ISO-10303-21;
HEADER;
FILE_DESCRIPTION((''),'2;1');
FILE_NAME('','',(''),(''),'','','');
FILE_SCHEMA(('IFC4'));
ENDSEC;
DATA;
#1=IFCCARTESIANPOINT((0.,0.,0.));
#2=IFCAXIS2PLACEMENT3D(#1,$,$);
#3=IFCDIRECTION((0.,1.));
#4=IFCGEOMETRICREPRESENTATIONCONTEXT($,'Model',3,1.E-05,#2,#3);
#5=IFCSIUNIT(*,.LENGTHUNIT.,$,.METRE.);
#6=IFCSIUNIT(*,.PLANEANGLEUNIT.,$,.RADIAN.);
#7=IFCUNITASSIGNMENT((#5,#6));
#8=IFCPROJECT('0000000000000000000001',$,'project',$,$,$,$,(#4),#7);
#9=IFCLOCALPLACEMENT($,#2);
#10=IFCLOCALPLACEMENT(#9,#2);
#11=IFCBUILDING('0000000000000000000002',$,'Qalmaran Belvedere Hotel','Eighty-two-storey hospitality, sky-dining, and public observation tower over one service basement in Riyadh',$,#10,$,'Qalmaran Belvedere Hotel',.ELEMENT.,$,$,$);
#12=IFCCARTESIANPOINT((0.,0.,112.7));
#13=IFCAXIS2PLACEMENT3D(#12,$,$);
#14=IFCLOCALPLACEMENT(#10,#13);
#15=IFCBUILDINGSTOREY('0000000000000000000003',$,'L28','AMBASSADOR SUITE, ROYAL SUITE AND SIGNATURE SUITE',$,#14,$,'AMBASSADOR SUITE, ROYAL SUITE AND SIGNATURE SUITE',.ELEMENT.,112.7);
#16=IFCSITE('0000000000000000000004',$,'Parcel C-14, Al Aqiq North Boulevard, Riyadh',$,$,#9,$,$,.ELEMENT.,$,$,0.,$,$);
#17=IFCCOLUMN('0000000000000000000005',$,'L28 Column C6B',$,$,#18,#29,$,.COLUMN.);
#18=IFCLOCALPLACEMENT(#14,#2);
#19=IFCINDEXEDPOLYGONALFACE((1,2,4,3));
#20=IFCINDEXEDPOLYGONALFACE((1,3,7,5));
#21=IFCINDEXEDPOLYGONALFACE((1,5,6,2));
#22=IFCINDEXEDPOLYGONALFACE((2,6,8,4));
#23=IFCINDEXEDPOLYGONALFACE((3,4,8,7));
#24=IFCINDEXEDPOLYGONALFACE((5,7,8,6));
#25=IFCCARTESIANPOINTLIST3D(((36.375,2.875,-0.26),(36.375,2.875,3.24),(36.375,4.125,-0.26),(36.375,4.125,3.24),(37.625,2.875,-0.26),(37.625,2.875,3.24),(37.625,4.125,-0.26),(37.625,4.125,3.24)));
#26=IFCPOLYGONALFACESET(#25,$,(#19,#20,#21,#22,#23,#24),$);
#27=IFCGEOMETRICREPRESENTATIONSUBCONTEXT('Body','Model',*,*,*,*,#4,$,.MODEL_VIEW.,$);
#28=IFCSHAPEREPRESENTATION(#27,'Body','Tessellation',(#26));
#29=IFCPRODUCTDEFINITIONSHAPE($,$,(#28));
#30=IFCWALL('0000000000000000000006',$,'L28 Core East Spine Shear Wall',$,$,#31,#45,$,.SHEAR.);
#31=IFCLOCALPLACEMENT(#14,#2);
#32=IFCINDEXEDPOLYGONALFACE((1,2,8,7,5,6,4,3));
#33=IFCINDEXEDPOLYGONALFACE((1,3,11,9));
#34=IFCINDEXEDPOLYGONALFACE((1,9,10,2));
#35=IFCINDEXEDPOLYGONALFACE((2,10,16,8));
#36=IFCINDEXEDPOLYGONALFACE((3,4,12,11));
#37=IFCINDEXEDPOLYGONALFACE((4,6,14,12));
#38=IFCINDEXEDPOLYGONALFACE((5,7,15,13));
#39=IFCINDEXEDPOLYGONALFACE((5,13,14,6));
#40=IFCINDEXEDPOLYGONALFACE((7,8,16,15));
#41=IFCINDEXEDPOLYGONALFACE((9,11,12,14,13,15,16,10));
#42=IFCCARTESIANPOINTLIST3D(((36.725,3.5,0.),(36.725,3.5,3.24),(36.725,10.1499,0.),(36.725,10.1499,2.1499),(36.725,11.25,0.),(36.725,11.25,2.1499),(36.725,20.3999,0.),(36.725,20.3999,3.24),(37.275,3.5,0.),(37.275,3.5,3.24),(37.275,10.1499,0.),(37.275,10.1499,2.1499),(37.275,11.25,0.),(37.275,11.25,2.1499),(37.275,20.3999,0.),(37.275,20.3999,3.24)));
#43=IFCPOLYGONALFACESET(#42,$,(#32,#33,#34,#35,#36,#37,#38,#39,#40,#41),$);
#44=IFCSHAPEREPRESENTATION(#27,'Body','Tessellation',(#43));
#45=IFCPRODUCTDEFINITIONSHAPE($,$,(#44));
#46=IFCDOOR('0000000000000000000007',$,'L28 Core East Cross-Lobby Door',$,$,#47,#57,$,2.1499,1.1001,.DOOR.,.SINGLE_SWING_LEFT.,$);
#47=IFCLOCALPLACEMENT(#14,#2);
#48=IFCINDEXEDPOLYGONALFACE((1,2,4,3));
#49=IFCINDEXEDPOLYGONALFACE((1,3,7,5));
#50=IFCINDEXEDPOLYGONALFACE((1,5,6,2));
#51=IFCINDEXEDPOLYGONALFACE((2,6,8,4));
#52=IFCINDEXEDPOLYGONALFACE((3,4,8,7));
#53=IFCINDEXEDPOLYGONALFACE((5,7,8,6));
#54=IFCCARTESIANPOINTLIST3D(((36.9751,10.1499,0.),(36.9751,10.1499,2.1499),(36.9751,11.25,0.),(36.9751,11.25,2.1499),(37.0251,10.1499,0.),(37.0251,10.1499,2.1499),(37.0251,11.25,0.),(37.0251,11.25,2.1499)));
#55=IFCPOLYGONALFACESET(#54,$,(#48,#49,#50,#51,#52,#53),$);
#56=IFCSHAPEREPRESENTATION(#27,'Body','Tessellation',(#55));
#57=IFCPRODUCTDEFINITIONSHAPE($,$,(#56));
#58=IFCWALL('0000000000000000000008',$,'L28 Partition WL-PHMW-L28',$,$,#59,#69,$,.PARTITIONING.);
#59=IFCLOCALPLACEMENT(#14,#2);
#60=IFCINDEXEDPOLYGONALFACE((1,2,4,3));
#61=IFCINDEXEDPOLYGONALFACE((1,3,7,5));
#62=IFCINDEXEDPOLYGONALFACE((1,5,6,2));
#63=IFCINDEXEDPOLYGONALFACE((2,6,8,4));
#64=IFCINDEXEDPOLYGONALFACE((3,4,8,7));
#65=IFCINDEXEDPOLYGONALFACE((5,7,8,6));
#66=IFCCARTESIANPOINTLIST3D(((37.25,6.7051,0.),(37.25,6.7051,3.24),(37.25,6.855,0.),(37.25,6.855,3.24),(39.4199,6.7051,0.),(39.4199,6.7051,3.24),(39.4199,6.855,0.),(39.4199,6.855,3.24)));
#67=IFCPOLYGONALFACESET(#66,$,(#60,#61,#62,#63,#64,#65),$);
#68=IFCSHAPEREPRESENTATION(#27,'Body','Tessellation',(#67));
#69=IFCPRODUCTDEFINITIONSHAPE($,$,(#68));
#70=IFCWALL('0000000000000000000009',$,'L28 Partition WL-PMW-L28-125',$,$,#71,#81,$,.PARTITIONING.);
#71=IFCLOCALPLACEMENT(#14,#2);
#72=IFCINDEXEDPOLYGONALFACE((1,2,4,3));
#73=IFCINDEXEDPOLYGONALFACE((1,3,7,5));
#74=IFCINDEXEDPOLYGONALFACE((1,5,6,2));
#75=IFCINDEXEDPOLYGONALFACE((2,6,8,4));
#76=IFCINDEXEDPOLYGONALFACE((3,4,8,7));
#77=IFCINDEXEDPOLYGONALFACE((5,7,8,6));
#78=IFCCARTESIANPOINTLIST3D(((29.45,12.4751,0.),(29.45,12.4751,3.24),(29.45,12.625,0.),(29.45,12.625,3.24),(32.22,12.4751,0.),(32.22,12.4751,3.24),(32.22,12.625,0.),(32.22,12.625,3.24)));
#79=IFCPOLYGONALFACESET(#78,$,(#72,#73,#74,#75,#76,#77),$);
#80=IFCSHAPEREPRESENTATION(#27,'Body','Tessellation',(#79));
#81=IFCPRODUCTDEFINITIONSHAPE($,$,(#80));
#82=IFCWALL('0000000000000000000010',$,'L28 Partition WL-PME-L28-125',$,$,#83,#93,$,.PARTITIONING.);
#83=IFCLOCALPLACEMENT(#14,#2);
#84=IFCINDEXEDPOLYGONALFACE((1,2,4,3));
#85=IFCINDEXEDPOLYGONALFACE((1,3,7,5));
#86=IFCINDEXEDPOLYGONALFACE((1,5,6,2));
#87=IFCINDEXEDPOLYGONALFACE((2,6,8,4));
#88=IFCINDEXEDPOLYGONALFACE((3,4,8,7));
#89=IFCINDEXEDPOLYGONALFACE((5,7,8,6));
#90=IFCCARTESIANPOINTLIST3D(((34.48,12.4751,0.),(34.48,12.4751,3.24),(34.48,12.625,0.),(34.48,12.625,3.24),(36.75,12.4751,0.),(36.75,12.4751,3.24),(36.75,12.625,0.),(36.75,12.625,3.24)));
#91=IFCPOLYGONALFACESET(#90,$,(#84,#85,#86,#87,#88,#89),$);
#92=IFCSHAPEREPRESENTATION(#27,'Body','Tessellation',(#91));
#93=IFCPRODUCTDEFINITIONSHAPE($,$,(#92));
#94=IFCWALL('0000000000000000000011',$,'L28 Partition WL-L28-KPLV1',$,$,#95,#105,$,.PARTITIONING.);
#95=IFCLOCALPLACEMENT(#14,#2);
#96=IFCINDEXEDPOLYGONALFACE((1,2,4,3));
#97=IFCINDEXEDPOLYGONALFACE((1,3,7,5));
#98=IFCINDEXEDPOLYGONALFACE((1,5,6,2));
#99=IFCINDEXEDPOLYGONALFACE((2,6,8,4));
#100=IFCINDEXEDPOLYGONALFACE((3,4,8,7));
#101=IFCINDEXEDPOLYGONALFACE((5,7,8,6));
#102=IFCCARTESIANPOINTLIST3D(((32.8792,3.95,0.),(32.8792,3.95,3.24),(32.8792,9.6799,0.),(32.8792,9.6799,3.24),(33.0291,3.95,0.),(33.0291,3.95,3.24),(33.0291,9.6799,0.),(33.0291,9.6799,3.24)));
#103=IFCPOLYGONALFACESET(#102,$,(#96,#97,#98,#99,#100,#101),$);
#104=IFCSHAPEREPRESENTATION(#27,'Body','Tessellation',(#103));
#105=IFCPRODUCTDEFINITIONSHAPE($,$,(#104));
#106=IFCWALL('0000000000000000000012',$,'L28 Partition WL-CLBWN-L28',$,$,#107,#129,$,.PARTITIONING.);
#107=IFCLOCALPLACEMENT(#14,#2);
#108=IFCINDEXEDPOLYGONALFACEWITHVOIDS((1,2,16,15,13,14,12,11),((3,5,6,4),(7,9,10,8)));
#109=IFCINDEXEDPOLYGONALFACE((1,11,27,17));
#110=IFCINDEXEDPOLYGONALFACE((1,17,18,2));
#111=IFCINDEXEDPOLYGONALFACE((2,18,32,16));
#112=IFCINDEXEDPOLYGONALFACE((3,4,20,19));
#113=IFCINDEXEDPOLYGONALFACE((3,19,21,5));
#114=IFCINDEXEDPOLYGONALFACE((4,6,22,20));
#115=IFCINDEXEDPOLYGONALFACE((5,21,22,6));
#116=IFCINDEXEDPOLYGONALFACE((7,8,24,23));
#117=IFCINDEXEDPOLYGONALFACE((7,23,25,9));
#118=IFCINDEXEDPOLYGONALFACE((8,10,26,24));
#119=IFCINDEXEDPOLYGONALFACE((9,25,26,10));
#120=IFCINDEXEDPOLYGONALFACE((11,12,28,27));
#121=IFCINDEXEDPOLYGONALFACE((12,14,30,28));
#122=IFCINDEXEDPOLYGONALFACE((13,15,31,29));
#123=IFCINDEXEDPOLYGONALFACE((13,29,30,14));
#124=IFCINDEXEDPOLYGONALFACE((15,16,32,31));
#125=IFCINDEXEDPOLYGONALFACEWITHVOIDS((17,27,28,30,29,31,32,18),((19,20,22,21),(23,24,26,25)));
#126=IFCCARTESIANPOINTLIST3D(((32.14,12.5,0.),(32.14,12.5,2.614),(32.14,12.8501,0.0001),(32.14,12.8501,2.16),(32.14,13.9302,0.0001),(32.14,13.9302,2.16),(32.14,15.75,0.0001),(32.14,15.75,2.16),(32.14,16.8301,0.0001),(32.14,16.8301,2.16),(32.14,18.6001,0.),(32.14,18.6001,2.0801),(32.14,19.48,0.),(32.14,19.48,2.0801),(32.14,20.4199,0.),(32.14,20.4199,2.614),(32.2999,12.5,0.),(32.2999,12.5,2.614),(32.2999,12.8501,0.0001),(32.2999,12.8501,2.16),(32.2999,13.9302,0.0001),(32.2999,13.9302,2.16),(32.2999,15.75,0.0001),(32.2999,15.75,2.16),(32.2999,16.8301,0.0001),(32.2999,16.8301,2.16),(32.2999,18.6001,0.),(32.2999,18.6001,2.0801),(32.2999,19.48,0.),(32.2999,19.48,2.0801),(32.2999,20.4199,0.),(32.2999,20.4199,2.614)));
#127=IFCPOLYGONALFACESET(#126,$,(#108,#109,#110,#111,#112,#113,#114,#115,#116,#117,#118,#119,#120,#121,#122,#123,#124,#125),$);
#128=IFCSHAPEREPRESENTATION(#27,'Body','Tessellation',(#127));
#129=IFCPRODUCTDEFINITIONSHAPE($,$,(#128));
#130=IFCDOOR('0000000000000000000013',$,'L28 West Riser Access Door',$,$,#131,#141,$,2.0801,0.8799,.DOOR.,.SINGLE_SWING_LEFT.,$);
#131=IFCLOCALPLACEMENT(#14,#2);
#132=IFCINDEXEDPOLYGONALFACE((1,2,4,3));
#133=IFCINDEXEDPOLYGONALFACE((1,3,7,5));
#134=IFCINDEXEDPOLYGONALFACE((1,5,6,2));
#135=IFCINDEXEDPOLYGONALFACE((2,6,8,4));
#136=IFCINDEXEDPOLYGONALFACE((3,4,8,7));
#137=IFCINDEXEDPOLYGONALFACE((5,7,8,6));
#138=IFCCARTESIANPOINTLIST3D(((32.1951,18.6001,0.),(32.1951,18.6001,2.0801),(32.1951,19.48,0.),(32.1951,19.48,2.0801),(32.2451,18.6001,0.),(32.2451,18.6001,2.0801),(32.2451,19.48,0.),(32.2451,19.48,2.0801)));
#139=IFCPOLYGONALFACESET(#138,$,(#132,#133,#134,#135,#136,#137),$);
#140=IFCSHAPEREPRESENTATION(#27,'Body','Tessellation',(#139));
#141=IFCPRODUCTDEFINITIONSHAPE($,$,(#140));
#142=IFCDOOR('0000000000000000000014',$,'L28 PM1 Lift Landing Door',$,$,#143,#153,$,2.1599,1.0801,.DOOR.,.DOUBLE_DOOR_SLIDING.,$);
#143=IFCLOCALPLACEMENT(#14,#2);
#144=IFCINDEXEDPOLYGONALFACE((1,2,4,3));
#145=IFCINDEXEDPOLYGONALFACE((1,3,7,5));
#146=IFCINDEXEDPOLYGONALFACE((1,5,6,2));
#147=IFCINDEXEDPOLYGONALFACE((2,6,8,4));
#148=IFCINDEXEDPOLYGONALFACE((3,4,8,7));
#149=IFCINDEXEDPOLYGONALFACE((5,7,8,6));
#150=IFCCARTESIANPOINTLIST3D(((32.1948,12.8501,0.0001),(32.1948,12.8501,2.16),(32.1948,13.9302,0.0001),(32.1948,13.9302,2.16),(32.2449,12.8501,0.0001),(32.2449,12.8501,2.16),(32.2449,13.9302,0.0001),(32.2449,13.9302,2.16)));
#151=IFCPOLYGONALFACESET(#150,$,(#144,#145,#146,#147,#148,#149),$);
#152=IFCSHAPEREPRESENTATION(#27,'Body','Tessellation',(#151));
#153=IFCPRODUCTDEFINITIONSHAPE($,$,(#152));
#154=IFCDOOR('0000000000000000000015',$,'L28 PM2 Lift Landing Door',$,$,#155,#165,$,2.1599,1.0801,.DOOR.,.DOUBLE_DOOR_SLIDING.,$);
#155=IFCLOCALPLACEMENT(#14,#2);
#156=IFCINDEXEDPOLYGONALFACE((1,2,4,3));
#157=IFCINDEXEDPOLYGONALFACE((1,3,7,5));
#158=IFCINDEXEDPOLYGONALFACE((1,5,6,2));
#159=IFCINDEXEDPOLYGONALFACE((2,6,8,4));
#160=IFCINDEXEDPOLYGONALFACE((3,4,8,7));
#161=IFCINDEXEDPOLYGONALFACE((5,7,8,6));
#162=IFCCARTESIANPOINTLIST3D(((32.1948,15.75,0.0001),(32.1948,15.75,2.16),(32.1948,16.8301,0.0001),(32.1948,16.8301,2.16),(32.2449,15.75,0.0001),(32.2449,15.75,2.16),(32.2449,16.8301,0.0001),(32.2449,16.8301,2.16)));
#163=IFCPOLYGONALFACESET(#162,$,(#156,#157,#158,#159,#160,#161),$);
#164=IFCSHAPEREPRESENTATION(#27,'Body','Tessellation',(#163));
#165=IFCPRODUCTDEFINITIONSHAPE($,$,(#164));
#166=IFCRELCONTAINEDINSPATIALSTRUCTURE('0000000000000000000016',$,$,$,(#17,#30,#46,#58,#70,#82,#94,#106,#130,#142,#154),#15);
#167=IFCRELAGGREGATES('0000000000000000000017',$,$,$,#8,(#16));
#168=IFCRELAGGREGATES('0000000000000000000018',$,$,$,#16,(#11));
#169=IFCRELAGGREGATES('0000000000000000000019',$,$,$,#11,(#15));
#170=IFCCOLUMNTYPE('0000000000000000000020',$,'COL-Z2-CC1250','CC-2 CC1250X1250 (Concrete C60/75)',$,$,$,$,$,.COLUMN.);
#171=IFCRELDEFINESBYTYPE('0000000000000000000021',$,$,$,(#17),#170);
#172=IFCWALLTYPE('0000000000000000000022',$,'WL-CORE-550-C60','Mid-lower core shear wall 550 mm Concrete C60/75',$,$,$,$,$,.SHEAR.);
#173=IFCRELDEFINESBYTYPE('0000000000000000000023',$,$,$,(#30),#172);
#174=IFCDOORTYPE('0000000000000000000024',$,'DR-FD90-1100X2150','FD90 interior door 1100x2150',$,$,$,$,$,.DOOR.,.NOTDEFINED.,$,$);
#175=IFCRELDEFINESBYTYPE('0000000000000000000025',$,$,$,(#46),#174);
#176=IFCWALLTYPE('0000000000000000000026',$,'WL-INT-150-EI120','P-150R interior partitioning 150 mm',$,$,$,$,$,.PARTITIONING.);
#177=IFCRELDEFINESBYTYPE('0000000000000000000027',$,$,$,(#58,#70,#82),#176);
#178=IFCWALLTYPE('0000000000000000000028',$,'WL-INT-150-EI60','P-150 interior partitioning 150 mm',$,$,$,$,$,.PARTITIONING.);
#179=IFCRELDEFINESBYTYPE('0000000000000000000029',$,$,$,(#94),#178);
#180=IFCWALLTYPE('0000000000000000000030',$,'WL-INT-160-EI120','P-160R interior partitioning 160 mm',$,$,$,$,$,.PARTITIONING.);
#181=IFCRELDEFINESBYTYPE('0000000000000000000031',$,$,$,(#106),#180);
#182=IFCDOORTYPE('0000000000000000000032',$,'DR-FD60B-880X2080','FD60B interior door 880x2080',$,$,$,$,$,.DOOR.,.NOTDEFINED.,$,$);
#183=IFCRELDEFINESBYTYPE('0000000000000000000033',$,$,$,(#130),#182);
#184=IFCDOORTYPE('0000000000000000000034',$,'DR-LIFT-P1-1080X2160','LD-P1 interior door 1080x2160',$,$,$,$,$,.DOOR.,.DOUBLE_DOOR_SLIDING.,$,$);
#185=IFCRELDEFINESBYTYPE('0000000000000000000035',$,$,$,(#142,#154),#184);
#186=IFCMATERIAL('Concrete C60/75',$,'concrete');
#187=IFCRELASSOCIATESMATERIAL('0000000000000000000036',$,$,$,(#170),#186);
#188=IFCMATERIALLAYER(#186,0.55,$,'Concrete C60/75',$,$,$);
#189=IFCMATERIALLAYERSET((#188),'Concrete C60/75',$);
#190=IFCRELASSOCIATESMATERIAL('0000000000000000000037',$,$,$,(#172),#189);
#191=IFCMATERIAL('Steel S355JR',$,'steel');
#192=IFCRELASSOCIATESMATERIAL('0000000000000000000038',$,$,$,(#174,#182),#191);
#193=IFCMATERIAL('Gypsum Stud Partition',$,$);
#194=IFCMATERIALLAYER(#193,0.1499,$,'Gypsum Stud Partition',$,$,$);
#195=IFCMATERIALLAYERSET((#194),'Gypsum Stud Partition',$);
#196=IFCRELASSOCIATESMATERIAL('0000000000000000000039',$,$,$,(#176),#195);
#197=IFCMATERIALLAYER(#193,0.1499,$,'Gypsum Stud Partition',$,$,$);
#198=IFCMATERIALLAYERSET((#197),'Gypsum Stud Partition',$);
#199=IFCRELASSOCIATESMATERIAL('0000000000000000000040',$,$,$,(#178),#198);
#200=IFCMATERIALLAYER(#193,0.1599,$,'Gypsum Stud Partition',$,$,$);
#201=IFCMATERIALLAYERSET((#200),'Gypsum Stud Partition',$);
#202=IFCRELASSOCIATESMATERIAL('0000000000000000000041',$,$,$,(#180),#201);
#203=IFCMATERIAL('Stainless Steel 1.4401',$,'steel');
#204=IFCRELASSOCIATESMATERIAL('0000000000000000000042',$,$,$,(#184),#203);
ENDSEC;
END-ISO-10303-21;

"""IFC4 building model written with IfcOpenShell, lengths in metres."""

from ifc_helpers import new_model, si_unit, direction, frame, frame_2d, origin, origin_2d, place, context, subcontext, project, spatial, rectangle, extrude, material, layer, layer_set, material_profile, profile_set, type_object, element, fill, save


model = new_model("IFC4")

# Units and contexts
model_context = context("Model", 3, precision=1e-05, world=origin(), true_north=direction((0.0, 1.0)))
body_context = subcontext(model_context, "Body", "Model", "MODEL_VIEW")
ifc_project = project(units=[si_unit("LENGTHUNIT", "METRE"), si_unit("PLANEANGLEUNIT", "RADIAN")], contexts=[model_context])

# Site, building, storey
site_placement = place(None, origin())
site = spatial("IfcSite", under=ifc_project, at=site_placement, Name="Parcel C-14, Al Aqiq North Boulevard, Riyadh", CompositionType="ELEMENT", RefElevation=0.0)
building_placement = place(site_placement, origin())
building = spatial("IfcBuilding", under=site, at=building_placement, Name="Qalmaran Belvedere Hotel", Description="Eighty-two-storey hospitality, sky-dining, and public observation tower over one service basement in Riyadh", LongName="Qalmaran Belvedere Hotel", CompositionType="ELEMENT")
storey_placement = place(building_placement, frame((0.0, 0.0, 112.7)))
storey = spatial("IfcBuildingStorey", under=building, at=storey_placement, Name="L28", Description="AMBASSADOR SUITE, ROYAL SUITE AND SIGNATURE SUITE", LongName="AMBASSADOR SUITE, ROYAL SUITE AND SIGNATURE SUITE", CompositionType="ELEMENT", Elevation=112.7)

# Column
ifc_material_1 = material(Name="Concrete C60/75", Category="concrete")
ifc_material_profile = material_profile(ifc_material_1, rectangle(XDim=1.25, YDim=1.25, at=origin_2d()), Name="CC1250X1250")
ifc_profile_set = profile_set([ifc_material_profile], Name="Concrete C60/75")
column_type = type_object("IfcColumnType", Name="COL-Z2-CC1250", Description="CC-2 CC1250X1250 (Concrete C60/75)", PredefinedType="COLUMN", material=ifc_profile_set)
column_placement = place(storey_placement, frame((37.0, 3.5, -0.26), z_axis=(0.0, 0.0, 1.0), x_axis=(1.0, 0.0, 0.0)))
element("IfcColumn", 1, at=column_placement, inside=storey, type_object=column_type, Name="L28 Column C6B", PredefinedType="COLUMN", context=body_context, shape_type="SweptSolid", body=[
    extrude(rectangle(XDim=1.25, YDim=1.25, at=origin_2d()), origin(), (0.0, 0.0, 1.0), 3.5),
])

# Wall, opening, door
ifc_layer_1 = layer(ifc_material_1, 0.55, Name="Concrete C60/75")
ifc_layer_set_1 = layer_set([ifc_layer_1], Name="Concrete C60/75")
wall_type_1 = type_object("IfcWallType", Name="WL-CORE-550-C60", Description="Mid-lower core shear wall 550 mm Concrete C60/75", PredefinedType="SHEAR", material=ifc_layer_set_1)
wall_1_placement = place(storey_placement, frame((37.0, 3.5, 0.0), z_axis=(0.0, 0.0, 1.0), x_axis=(0.0, 1.0, 0.0)))
wall_1 = element("IfcWall", 2, at=wall_1_placement, inside=storey, type_object=wall_type_1, Name="L28 Core East Spine Shear Wall", PredefinedType="SHEAR", context=body_context, shape_type="SweptSolid", body=[
    extrude(rectangle(XDim=16.8999, YDim=0.55, at=frame_2d((8.45, 0.0))), origin(), (0.0, 0.0, 1.0), 3.24),
])
opening_1_placement = place(wall_1_placement, frame((6.6499, 0.0, 0.0)))
opening_1 = element("IfcOpeningElement", 3, at=opening_1_placement, cuts=wall_1, PredefinedType="OPENING", context=body_context, shape_type="SweptSolid", body=[
    extrude(rectangle(XDim=1.1001, YDim=2.1499, at=frame_2d((0.55, 1.075))), frame((0.0, 0.2852, 0.0), z_axis=(0.0, -1.0, 0.0), x_axis=(1.0, 0.0, 0.0)), (0.0, 0.0, 1.0), 0.5701),
])
ifc_material_2 = material(Name="Steel S355JR", Category="steel")
door_type_1 = type_object("IfcDoorType", Name="DR-FD90-1100X2150", Description="FD90 interior door 1100x2150", OperationType="NOTDEFINED", PredefinedType="DOOR", material=ifc_material_2)
door_1_placement = place(opening_1_placement, origin())
door_1 = element("IfcDoor", 4, at=door_1_placement, inside=storey, type_object=door_type_1, Name="L28 Core East Cross-Lobby Door", OperationType="SINGLE_SWING_LEFT", OverallHeight=2.1499, OverallWidth=1.1001, PredefinedType="DOOR", context=body_context, shape_type="SweptSolid", body=[
    extrude(rectangle(XDim=1.1001, YDim=2.1499, at=frame_2d((0.55, 1.075))), frame((0.0, 0.0249, 0.0), z_axis=(0.0, -1.0, 0.0), x_axis=(1.0, 0.0, 0.0)), (0.0, 0.0, 1.0), 0.05),
])
fill(opening_1, door_1)

# Walls
ifc_material_3 = material(Name="Gypsum Stud Partition")
ifc_layer_2 = layer(ifc_material_3, 0.1499, Name="Gypsum Stud Partition")
ifc_layer_set_2 = layer_set([ifc_layer_2], Name="Gypsum Stud Partition")
wall_type_2 = type_object("IfcWallType", Name="WL-INT-150-EI120", Description="P-150R interior partitioning 150 mm", PredefinedType="PARTITIONING", material=ifc_layer_set_2)
wall_2_placement = place(storey_placement, frame((37.25, 6.78, 0.0), z_axis=(0.0, 0.0, 1.0), x_axis=(1.0, 0.0, 0.0)))
element("IfcWall", 5, at=wall_2_placement, inside=storey, type_object=wall_type_2, Name="L28 Partition WL-PHMW-L28", PredefinedType="PARTITIONING", context=body_context, shape_type="SweptSolid", body=[
    extrude(rectangle(XDim=2.1699, YDim=0.1499, at=frame_2d((1.085, 0.0))), origin(), (0.0, 0.0, 1.0), 3.24),
])
wall_3_placement = place(storey_placement, frame((29.45, 12.55, 0.0), z_axis=(0.0, 0.0, 1.0), x_axis=(1.0, 0.0, 0.0)))
element("IfcWall", 6, at=wall_3_placement, inside=storey, type_object=wall_type_2, Name="L28 Partition WL-PMW-L28-125", PredefinedType="PARTITIONING", context=body_context, shape_type="SweptSolid", body=[
    extrude(rectangle(XDim=2.77, YDim=0.1499, at=frame_2d((1.385, 0.0))), origin(), (0.0, 0.0, 1.0), 3.24),
])
wall_4_placement = place(storey_placement, frame((34.48, 12.55, 0.0), z_axis=(0.0, 0.0, 1.0), x_axis=(1.0, 0.0, 0.0)))
element("IfcWall", 7, at=wall_4_placement, inside=storey, type_object=wall_type_2, Name="L28 Partition WL-PME-L28-125", PredefinedType="PARTITIONING", context=body_context, shape_type="SweptSolid", body=[
    extrude(rectangle(XDim=2.27, YDim=0.1499, at=frame_2d((1.135, 0.0))), origin(), (0.0, 0.0, 1.0), 3.24),
])
ifc_layer_3 = layer(ifc_material_3, 0.1499, Name="Gypsum Stud Partition")
ifc_layer_set_3 = layer_set([ifc_layer_3], Name="Gypsum Stud Partition")
wall_type_3 = type_object("IfcWallType", Name="WL-INT-150-EI60", Description="P-150 interior partitioning 150 mm", PredefinedType="PARTITIONING", material=ifc_layer_set_3)
wall_5_placement = place(storey_placement, frame((32.9541, 3.95, 0.0), z_axis=(0.0, 0.0, 1.0), x_axis=(0.0, 1.0, 0.0)))
element("IfcWall", 8, at=wall_5_placement, inside=storey, type_object=wall_type_3, Name="L28 Partition WL-L28-KPLV1", PredefinedType="PARTITIONING", context=body_context, shape_type="SweptSolid", body=[
    extrude(rectangle(XDim=5.73, YDim=0.1499, at=frame_2d((2.865, 0.0))), origin(), (0.0, 0.0, 1.0), 3.24),
])

# Wall, openings, doors
ifc_layer_4 = layer(ifc_material_3, 0.1599, Name="Gypsum Stud Partition")
ifc_layer_set_4 = layer_set([ifc_layer_4], Name="Gypsum Stud Partition")
wall_type_4 = type_object("IfcWallType", Name="WL-INT-160-EI120", Description="P-160R interior partitioning 160 mm", PredefinedType="PARTITIONING", material=ifc_layer_set_4)
wall_6_placement = place(storey_placement, frame((32.22, 12.5, 0.0), z_axis=(0.0, 0.0, 1.0), x_axis=(0.0, 1.0, 0.0)))
wall_6 = element("IfcWall", 9, at=wall_6_placement, inside=storey, type_object=wall_type_4, Name="L28 Partition WL-CLBWN-L28", PredefinedType="PARTITIONING", context=body_context, shape_type="SweptSolid", body=[
    extrude(rectangle(XDim=7.9199, YDim=0.1599, at=frame_2d((3.96, 0.0))), origin(), (0.0, 0.0, 1.0), 2.614),
])
opening_2_placement = place(wall_6_placement, frame((1.4302, 0.0, 0.0), z_axis=(0.0, 0.0, 1.0), x_axis=(-1.0, 0.0, 0.0)))
opening_2 = element("IfcOpeningElement", 10, at=opening_2_placement, cuts=wall_6, PredefinedType="OPENING", context=body_context, shape_type="SweptSolid", body=[
    extrude(rectangle(XDim=1.0801, YDim=2.1599, at=frame_2d((0.54, 1.0801))), frame((0.0, 0.0898, 0.0), z_axis=(0.0, -1.0, 0.0), x_axis=(1.0, 0.0, 0.0)), (0.0, 0.0, 1.0), 0.1799),
])
opening_3_placement = place(wall_6_placement, frame((4.3301, 0.0, 0.0), z_axis=(0.0, 0.0, 1.0), x_axis=(-1.0, 0.0, 0.0)))
opening_3 = element("IfcOpeningElement", 11, at=opening_3_placement, cuts=wall_6, PredefinedType="OPENING", context=body_context, shape_type="SweptSolid", body=[
    extrude(rectangle(XDim=1.0801, YDim=2.1599, at=frame_2d((0.54, 1.0801))), frame((0.0, 0.0898, 0.0), z_axis=(0.0, -1.0, 0.0), x_axis=(1.0, 0.0, 0.0)), (0.0, 0.0, 1.0), 0.1799),
])
opening_4_placement = place(wall_6_placement, frame((6.1001, 0.0, 0.0)))
opening_4 = element("IfcOpeningElement", 12, at=opening_4_placement, cuts=wall_6, PredefinedType="OPENING", context=body_context, shape_type="SweptSolid", body=[
    extrude(rectangle(XDim=0.8799, YDim=2.0801, at=frame_2d((0.4399, 1.04))), frame((0.0, 0.0898, 0.0), z_axis=(0.0, -1.0, 0.0), x_axis=(1.0, 0.0, 0.0)), (0.0, 0.0, 1.0), 0.1799),
])
door_type_2 = type_object("IfcDoorType", Name="DR-FD60B-880X2080", Description="FD60B interior door 880x2080", OperationType="NOTDEFINED", PredefinedType="DOOR", material=ifc_material_2)
door_2_placement = place(opening_4_placement, origin())
door_2 = element("IfcDoor", 13, at=door_2_placement, inside=storey, type_object=door_type_2, Name="L28 West Riser Access Door", OperationType="SINGLE_SWING_LEFT", OverallHeight=2.0801, OverallWidth=0.8799, PredefinedType="DOOR", context=body_context, shape_type="SweptSolid", body=[
    extrude(rectangle(XDim=0.8799, YDim=2.0801, at=frame_2d((0.4399, 1.04))), frame((0.0, 0.0249, 0.0), z_axis=(0.0, -1.0, 0.0), x_axis=(1.0, 0.0, 0.0)), (0.0, 0.0, 1.0), 0.05),
])
fill(opening_4, door_2)
ifc_material_4 = material(Name="Stainless Steel 1.4401", Category="steel")
door_type_3 = type_object("IfcDoorType", Name="DR-LIFT-P1-1080X2160", Description="LD-P1 interior door 1080x2160", OperationType="DOUBLE_DOOR_SLIDING", PredefinedType="DOOR", material=ifc_material_4)
door_3_placement = place(opening_2_placement, origin())
door_3 = element("IfcDoor", 14, at=door_3_placement, inside=storey, type_object=door_type_3, Name="L28 PM1 Lift Landing Door", OperationType="DOUBLE_DOOR_SLIDING", OverallHeight=2.1599, OverallWidth=1.0801, PredefinedType="DOOR", context=body_context, shape_type="SweptSolid", body=[
    extrude(rectangle(XDim=1.0801, YDim=2.1599, at=frame_2d((0.54, 1.0801))), frame((0.0, 0.0249, 0.0), z_axis=(0.0, -1.0, 0.0), x_axis=(1.0, 0.0, 0.0)), (0.0, 0.0, 1.0), 0.05),
])
fill(opening_2, door_3)
door_4_placement = place(opening_3_placement, origin())
door_4 = element("IfcDoor", 15, at=door_4_placement, inside=storey, type_object=door_type_3, Name="L28 PM2 Lift Landing Door", OperationType="DOUBLE_DOOR_SLIDING", OverallHeight=2.1599, OverallWidth=1.0801, PredefinedType="DOOR", context=body_context, shape_type="SweptSolid", body=[
    extrude(rectangle(XDim=1.0801, YDim=2.1599, at=frame_2d((0.54, 1.0801))), frame((0.0, 0.0249, 0.0), z_axis=(0.0, -1.0, 0.0), x_axis=(1.0, 0.0, 0.0)), (0.0, 0.0, 1.0), 0.05),
])
fill(opening_3, door_4)

save(model, "model.ifc")
